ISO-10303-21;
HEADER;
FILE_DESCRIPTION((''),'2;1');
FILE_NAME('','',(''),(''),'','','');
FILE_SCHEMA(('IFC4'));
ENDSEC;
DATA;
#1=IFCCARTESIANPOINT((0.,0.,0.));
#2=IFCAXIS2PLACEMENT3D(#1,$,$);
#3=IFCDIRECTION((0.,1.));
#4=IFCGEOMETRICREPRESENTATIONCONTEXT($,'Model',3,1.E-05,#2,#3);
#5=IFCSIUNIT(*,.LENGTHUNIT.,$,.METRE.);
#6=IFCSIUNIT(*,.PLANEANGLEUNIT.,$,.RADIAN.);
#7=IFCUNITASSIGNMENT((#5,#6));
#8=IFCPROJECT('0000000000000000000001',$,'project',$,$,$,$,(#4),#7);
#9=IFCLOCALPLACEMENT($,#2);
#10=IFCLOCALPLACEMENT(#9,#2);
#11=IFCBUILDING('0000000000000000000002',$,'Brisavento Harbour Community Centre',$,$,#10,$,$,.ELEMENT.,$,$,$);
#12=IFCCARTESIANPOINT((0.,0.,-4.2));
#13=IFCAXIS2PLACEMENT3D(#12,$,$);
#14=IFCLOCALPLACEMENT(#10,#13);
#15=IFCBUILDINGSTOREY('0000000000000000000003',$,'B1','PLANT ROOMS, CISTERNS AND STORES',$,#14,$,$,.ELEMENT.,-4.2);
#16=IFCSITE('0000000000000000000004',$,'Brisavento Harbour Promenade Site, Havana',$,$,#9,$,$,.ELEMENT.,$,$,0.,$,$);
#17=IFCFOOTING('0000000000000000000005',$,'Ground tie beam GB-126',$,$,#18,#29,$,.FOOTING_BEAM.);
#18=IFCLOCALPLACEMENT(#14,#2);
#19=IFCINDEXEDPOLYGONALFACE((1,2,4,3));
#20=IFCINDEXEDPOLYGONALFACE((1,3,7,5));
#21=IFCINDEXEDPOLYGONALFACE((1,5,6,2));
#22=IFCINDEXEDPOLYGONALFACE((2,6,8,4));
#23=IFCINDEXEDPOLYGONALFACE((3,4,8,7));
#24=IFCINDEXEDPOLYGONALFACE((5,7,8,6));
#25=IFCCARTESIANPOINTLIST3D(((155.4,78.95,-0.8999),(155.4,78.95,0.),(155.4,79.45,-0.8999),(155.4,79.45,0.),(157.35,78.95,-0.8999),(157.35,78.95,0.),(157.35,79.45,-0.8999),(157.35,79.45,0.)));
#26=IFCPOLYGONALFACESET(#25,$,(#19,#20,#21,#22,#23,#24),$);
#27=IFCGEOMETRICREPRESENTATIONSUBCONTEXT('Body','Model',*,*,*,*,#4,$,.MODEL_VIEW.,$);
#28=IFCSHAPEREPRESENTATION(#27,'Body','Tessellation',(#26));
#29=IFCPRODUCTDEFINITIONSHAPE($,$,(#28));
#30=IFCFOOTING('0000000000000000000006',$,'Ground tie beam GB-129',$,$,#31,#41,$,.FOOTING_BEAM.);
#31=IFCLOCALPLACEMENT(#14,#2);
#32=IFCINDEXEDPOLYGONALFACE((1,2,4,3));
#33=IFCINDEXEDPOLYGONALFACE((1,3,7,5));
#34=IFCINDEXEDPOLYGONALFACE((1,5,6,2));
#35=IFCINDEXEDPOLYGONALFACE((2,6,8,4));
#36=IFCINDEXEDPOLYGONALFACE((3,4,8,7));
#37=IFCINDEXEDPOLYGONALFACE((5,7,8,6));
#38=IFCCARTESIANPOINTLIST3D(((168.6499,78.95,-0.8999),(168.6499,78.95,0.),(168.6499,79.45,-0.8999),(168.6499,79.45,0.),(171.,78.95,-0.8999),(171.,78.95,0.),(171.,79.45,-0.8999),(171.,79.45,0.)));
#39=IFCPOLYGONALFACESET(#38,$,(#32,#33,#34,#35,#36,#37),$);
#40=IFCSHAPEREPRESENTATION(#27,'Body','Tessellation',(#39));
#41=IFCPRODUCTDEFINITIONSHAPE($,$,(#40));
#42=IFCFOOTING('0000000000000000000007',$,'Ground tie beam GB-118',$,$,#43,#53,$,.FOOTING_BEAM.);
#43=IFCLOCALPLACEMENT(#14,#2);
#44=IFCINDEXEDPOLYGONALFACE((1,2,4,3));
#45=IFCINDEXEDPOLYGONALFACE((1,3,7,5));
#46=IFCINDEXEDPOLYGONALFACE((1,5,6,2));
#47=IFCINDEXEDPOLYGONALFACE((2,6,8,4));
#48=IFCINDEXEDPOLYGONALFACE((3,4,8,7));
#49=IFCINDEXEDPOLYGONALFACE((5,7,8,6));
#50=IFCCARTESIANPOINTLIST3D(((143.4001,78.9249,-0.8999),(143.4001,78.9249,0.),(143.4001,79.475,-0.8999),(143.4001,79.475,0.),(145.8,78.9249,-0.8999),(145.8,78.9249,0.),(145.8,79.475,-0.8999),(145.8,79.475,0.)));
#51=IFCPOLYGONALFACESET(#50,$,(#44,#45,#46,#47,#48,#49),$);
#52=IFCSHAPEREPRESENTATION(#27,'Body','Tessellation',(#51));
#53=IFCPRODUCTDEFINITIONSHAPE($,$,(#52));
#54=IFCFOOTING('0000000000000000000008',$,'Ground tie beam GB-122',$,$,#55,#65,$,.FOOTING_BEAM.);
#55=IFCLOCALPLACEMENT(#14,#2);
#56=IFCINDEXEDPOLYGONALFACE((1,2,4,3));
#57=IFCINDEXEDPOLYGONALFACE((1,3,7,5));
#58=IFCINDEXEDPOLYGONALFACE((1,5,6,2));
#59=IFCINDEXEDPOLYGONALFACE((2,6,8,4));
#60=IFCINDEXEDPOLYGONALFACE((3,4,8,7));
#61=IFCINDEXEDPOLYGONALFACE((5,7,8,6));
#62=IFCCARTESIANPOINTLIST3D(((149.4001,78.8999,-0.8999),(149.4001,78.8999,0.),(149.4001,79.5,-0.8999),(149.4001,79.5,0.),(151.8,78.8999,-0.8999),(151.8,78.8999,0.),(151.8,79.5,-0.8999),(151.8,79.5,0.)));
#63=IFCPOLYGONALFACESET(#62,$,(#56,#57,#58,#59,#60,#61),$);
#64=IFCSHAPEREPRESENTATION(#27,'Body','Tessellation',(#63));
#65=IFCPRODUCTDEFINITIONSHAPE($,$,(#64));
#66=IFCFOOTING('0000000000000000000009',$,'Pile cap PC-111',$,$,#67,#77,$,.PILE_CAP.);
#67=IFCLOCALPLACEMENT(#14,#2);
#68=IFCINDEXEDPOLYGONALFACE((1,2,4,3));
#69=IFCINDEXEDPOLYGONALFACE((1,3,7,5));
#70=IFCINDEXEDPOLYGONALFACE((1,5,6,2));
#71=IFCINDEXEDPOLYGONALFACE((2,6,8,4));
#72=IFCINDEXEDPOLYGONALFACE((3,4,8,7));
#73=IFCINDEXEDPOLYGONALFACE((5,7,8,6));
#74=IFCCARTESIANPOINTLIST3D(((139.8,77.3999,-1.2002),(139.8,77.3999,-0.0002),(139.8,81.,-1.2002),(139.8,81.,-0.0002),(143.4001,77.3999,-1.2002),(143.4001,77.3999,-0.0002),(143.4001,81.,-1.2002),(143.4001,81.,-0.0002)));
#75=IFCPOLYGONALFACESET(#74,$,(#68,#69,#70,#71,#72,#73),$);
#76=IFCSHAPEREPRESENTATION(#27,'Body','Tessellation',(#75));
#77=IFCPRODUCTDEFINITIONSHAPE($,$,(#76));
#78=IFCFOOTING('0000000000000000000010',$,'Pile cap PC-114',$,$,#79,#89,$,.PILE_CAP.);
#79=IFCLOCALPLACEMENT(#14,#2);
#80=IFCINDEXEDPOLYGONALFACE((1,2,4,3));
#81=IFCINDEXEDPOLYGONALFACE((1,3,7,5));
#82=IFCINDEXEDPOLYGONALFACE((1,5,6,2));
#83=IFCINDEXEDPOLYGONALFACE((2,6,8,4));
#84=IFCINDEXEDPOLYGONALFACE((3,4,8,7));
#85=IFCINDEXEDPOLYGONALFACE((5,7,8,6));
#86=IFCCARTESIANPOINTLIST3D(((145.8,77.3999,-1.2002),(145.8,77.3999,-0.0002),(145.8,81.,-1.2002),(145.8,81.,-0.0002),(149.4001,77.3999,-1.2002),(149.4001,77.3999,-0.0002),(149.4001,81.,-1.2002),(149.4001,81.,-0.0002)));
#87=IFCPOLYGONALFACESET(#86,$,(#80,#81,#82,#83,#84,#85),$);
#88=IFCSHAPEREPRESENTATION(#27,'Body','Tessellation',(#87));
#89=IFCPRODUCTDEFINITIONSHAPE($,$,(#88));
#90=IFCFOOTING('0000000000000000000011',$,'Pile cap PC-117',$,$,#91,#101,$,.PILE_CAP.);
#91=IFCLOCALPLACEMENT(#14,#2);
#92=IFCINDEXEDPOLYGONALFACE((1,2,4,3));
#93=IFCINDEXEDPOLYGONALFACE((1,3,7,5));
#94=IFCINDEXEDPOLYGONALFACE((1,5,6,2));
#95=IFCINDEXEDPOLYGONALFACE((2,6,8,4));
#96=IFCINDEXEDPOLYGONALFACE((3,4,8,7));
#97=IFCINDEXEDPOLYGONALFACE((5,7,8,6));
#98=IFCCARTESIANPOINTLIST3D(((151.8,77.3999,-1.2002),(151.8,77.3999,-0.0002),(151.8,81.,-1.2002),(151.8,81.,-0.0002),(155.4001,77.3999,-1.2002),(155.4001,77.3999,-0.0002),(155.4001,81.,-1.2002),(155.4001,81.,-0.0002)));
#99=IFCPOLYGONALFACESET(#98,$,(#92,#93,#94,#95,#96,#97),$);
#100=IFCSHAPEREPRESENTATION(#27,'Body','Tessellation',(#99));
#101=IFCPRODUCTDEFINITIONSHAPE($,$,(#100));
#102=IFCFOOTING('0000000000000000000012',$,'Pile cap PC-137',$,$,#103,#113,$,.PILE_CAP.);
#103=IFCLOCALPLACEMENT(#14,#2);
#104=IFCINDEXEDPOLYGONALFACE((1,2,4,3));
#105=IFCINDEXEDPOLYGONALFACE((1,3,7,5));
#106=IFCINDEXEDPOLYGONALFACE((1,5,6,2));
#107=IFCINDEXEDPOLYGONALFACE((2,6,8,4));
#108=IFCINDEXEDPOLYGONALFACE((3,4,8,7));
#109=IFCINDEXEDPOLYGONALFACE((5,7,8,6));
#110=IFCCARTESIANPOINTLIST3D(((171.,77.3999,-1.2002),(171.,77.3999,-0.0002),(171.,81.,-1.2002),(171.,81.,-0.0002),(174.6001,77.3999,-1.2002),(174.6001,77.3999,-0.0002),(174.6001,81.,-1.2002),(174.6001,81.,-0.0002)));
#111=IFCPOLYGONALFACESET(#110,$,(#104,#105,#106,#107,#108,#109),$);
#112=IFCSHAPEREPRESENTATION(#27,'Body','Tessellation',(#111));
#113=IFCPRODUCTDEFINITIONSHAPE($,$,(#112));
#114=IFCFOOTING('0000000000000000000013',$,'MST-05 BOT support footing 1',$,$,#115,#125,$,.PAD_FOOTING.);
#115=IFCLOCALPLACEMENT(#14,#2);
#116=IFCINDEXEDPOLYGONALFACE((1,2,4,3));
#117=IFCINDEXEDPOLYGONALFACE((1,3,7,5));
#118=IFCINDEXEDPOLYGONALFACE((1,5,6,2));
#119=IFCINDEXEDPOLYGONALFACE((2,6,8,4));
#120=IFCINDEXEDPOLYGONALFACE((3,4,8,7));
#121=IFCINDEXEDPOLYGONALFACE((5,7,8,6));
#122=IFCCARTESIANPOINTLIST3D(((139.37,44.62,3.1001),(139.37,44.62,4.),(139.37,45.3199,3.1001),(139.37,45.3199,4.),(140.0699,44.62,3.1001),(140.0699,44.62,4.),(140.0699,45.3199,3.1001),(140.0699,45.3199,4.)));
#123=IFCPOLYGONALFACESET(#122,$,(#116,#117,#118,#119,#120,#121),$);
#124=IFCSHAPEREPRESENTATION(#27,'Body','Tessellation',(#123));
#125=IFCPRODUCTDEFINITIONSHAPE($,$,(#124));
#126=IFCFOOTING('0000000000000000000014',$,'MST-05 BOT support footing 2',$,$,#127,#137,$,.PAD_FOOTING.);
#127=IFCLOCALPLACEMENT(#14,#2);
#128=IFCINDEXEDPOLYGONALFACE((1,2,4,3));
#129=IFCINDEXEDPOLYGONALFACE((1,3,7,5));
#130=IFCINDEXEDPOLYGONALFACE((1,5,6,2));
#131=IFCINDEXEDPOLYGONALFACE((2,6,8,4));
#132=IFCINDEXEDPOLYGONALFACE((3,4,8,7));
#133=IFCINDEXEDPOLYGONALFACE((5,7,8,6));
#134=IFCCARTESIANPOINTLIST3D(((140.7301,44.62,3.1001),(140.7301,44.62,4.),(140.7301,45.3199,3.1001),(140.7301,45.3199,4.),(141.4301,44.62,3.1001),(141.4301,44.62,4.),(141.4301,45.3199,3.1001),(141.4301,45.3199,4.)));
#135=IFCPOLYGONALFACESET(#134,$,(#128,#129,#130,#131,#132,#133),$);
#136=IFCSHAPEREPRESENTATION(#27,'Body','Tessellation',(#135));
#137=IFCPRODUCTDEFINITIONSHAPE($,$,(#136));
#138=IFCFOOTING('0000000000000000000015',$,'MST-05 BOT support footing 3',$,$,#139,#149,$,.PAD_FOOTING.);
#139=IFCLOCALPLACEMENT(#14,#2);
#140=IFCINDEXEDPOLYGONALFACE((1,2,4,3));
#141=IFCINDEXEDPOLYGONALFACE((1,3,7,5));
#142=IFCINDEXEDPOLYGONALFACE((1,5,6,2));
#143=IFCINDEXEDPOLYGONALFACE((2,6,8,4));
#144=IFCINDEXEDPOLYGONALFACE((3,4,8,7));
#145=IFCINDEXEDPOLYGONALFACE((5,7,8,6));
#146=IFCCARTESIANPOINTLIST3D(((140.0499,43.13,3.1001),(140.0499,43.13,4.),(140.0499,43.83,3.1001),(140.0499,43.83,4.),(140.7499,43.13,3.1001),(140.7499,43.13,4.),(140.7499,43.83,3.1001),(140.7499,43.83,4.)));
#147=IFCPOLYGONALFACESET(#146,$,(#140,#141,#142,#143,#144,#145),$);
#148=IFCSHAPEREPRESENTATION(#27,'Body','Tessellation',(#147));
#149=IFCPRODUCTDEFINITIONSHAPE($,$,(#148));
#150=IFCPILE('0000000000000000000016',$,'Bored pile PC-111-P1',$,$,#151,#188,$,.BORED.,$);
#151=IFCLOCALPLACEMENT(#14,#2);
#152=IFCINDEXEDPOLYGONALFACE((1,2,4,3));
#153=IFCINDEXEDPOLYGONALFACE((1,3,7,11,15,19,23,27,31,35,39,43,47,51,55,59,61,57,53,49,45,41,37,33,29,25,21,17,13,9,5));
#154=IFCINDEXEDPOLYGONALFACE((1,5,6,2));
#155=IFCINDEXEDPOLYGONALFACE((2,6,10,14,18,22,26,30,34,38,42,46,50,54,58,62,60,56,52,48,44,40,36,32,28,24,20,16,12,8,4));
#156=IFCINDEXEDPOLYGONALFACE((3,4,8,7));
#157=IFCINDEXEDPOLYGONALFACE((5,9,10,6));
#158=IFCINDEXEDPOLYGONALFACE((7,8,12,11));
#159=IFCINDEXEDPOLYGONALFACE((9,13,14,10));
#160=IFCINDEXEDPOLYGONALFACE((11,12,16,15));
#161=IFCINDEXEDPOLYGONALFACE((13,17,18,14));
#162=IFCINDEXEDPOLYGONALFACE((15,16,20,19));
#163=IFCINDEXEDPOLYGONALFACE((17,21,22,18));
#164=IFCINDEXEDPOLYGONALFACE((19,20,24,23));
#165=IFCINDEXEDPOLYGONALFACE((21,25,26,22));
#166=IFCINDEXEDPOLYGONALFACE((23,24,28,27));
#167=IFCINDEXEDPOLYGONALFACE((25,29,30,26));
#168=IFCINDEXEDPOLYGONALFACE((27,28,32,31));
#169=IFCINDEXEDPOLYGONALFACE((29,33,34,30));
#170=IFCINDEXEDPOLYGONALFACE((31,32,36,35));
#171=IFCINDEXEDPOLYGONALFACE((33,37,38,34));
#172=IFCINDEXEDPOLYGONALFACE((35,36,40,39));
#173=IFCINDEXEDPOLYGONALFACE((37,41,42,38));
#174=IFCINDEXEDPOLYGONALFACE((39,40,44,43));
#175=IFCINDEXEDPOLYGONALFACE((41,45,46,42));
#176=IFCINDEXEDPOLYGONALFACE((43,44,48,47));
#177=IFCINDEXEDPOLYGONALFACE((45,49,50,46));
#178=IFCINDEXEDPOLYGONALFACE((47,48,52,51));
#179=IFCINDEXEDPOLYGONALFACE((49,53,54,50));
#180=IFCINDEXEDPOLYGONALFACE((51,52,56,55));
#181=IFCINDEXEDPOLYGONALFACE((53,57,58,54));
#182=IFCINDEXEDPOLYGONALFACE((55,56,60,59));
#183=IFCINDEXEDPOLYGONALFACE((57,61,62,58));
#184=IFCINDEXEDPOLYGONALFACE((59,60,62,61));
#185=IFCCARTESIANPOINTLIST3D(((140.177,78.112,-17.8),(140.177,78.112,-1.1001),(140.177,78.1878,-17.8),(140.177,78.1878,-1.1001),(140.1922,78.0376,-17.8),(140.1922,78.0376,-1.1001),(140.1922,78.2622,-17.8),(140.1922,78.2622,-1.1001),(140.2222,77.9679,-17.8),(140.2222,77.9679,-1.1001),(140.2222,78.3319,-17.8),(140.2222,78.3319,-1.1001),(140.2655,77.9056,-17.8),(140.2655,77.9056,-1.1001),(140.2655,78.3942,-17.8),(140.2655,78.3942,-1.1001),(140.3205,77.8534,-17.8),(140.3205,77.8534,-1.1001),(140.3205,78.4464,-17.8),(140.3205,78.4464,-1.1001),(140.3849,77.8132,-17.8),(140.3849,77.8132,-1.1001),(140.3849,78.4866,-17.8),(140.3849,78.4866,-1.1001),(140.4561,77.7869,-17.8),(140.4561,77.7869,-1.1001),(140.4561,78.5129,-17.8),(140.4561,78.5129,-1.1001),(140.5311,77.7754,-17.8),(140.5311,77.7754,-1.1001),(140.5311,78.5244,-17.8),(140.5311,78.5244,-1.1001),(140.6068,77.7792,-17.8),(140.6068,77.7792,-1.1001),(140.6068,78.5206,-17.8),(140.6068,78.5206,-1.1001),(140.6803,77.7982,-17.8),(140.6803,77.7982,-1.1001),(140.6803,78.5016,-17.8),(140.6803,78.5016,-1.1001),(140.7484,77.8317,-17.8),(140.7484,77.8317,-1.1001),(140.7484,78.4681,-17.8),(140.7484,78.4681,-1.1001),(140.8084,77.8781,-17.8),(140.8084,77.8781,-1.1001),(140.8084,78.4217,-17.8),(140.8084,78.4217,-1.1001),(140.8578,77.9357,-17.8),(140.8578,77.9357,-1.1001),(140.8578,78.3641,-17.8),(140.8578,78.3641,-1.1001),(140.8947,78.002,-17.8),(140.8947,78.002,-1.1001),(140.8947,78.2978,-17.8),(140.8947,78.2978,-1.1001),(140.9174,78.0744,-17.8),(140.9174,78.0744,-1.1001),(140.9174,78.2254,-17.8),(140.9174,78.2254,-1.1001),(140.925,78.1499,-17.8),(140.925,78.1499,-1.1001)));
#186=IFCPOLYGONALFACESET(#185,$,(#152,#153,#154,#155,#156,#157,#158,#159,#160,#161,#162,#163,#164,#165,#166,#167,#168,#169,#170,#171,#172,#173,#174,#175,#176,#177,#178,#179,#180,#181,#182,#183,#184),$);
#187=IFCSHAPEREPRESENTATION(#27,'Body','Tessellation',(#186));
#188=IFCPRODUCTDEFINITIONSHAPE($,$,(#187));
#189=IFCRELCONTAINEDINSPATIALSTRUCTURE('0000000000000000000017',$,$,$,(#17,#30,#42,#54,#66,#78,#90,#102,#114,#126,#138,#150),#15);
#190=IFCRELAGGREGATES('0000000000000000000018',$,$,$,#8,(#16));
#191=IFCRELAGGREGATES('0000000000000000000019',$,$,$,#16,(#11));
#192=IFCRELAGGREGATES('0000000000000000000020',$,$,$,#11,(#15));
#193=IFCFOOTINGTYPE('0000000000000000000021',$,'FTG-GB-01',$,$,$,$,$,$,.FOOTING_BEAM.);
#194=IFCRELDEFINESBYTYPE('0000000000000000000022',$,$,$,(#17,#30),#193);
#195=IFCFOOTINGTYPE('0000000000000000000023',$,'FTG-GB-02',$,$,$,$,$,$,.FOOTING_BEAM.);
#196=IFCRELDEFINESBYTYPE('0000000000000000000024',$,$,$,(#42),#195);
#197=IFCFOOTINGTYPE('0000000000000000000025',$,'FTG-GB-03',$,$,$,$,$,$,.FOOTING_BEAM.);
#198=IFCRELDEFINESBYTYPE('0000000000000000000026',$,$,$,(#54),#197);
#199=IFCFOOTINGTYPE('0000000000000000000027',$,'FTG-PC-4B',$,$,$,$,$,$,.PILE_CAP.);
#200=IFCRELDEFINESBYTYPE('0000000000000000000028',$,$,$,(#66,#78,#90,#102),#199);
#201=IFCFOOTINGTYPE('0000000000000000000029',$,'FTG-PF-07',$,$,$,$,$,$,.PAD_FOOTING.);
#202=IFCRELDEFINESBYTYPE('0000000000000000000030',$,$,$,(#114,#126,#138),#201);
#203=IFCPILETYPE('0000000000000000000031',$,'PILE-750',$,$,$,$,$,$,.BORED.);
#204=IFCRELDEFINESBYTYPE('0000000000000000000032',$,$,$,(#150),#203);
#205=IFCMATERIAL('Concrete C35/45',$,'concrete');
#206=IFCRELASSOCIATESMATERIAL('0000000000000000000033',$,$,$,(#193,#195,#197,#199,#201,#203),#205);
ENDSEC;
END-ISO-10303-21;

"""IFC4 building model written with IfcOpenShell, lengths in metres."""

from ifc_helpers import new_model, si_unit, direction, frame, origin, origin_2d, place, context, subcontext, project, spatial, rectangle, circle, extrude, material, material_profile, profile_set, type_object, element, save


model = new_model("IFC4")

# Units and contexts
model_context = context("Model", 3, precision=1e-05, world=origin(), true_north=direction((0.0, 1.0)))
body_context = subcontext(model_context, "Body", "Model", "MODEL_VIEW")
ifc_project = project(units=[si_unit("LENGTHUNIT", "METRE"), si_unit("PLANEANGLEUNIT", "RADIAN")], contexts=[model_context])

# Site, building, storey
site_placement = place(None, origin())
site = spatial("IfcSite", under=ifc_project, at=site_placement, Name="Brisavento Harbour Promenade Site, Havana", CompositionType="ELEMENT", RefElevation=0.0)
building_placement = place(site_placement, origin())
building = spatial("IfcBuilding", under=site, at=building_placement, Name="Brisavento Harbour Community Centre", CompositionType="ELEMENT")
storey_placement = place(building_placement, frame((0.0, 0.0, -4.2)))
storey = spatial("IfcBuildingStorey", under=building, at=storey_placement, Name="B1", Description="PLANT ROOMS, CISTERNS AND STORES", CompositionType="ELEMENT", Elevation=-4.2)

# Footings
ifc_material_1 = material(Name="Concrete C35/45", Category="concrete")
footing_type_1 = type_object("IfcFootingType", Name="FTG-GB-01", PredefinedType="FOOTING_BEAM", material=ifc_material_1)
footing_1_placement = place(storey_placement, frame((156.375, 79.2, -0.8999), z_axis=(0.0, 0.0, 1.0), x_axis=(1.0, 0.0, 0.0)))
element("IfcFooting", 1, at=footing_1_placement, inside=storey, type_object=footing_type_1, Name="Ground tie beam GB-126", PredefinedType="FOOTING_BEAM", context=body_context, shape_type="SweptSolid", body=[
    extrude(rectangle(XDim=1.95, YDim=0.5, at=origin_2d()), origin(), (0.0, 0.0, 1.0), 0.8999),
])
footing_2_placement = place(storey_placement, frame((169.825, 79.2, -0.8999), z_axis=(0.0, 0.0, 1.0), x_axis=(1.0, 0.0, 0.0)))
element("IfcFooting", 2, at=footing_2_placement, inside=storey, type_object=footing_type_1, Name="Ground tie beam GB-129", PredefinedType="FOOTING_BEAM", context=body_context, shape_type="SweptSolid", body=[
    extrude(rectangle(XDim=2.3501, YDim=0.5, at=origin_2d()), origin(), (0.0, 0.0, 1.0), 0.8999),
])
footing_type_2 = type_object("IfcFootingType", Name="FTG-GB-02", PredefinedType="FOOTING_BEAM", material=ifc_material_1)
footing_3_placement = place(storey_placement, frame((144.6001, 79.2, -0.8999), z_axis=(0.0, 0.0, 1.0), x_axis=(1.0, 0.0, 0.0)))
element("IfcFooting", 3, at=footing_3_placement, inside=storey, type_object=footing_type_2, Name="Ground tie beam GB-118", PredefinedType="FOOTING_BEAM", context=body_context, shape_type="SweptSolid", body=[
    extrude(rectangle(XDim=2.3999, YDim=0.55, at=origin_2d()), origin(), (0.0, 0.0, 1.0), 0.8999),
])
footing_type_3 = type_object("IfcFootingType", Name="FTG-GB-03", PredefinedType="FOOTING_BEAM", material=ifc_material_1)
footing_4_placement = place(storey_placement, frame((150.6001, 79.2, -0.8999), z_axis=(0.0, 0.0, 1.0), x_axis=(1.0, 0.0, 0.0)))
element("IfcFooting", 4, at=footing_4_placement, inside=storey, type_object=footing_type_3, Name="Ground tie beam GB-122", PredefinedType="FOOTING_BEAM", context=body_context, shape_type="SweptSolid", body=[
    extrude(rectangle(XDim=2.3999, YDim=0.6001, at=origin_2d()), origin(), (0.0, 0.0, 1.0), 0.8999),
])
footing_type_4 = type_object("IfcFootingType", Name="FTG-PC-4B", PredefinedType="PILE_CAP", material=ifc_material_1)
for number, where, z_axis, x_axis, name in (
    (5, (141.6001, 79.2, -1.2002), (0.0, 0.0, 1.0), (1.0, 0.0, 0.0), "Pile cap PC-111"),
    (6, (147.6001, 79.2, -1.2002), (0.0, 0.0, 1.0), (1.0, 0.0, 0.0), "Pile cap PC-114"),
    (7, (153.6001, 79.2, -1.2002), (0.0, 0.0, 1.0), (1.0, 0.0, 0.0), "Pile cap PC-117"),
    (8, (172.8, 79.2, -1.2002), (0.0, 0.0, 1.0), (1.0, 0.0, 0.0), "Pile cap PC-137"),
):
    element("IfcFooting", number, at=place(storey_placement, frame(where, z_axis=z_axis, x_axis=x_axis)), inside=storey, type_object=footing_type_4, Name=name, PredefinedType="PILE_CAP", context=body_context, shape_type="SweptSolid", body=[
        extrude(rectangle(XDim=3.6001, YDim=3.6001, at=origin_2d()), origin(), (0.0, 0.0, 1.0), 1.2),
    ])
footing_type_5 = type_object("IfcFootingType", Name="FTG-PF-07", PredefinedType="PAD_FOOTING", material=ifc_material_1)
for number, where, z_axis, x_axis, name in (
    (9, (139.72, 44.97, 3.1001), (0.0, 0.0, 1.0), (1.0, 0.0, 0.0), "MST-05 BOT support footing 1"),
    (10, (141.0801, 44.97, 3.1001), (0.0, 0.0, 1.0), (1.0, 0.0, 0.0), "MST-05 BOT support footing 2"),
    (11, (140.3999, 43.48, 3.1001), (0.0, 0.0, 1.0), (1.0, 0.0, 0.0), "MST-05 BOT support footing 3"),
):
    element("IfcFooting", number, at=place(storey_placement, frame(where, z_axis=z_axis, x_axis=x_axis)), inside=storey, type_object=footing_type_5, Name=name, PredefinedType="PAD_FOOTING", context=body_context, shape_type="SweptSolid", body=[
        extrude(rectangle(XDim=0.7, YDim=0.7, at=origin_2d()), origin(), (0.0, 0.0, 1.0), 0.8999),
    ])

# Pile
ifc_material_profile_1 = material_profile(ifc_material_1, circle(Radius=0.375, at=origin_2d()), Name="Concrete C35/45")
ifc_profile_set_1 = profile_set([ifc_material_profile_1], Name="Concrete C35/45")
pile_type = type_object("IfcPileType", Name="PILE-750", PredefinedType="BORED", material=ifc_profile_set_1)
for number, where, z_axis, x_axis, name in (
    (12, (140.55, 78.1499, -1.1001), (0.0, 0.0, -1.0), (1.0, 0.0, 0.0), "Bored pile PC-111-P1"),
):
    element("IfcPile", number, at=place(storey_placement, frame(where, z_axis=z_axis, x_axis=x_axis)), inside=storey, type_object=pile_type, Name=name, PredefinedType="BORED", context=body_context, shape_type="SweptSolid", body=[
        extrude(circle(Radius=0.375, at=origin_2d()), origin(), (0.0, 0.0, 1.0), 16.7),
    ])

save(model, "model.ifc")
